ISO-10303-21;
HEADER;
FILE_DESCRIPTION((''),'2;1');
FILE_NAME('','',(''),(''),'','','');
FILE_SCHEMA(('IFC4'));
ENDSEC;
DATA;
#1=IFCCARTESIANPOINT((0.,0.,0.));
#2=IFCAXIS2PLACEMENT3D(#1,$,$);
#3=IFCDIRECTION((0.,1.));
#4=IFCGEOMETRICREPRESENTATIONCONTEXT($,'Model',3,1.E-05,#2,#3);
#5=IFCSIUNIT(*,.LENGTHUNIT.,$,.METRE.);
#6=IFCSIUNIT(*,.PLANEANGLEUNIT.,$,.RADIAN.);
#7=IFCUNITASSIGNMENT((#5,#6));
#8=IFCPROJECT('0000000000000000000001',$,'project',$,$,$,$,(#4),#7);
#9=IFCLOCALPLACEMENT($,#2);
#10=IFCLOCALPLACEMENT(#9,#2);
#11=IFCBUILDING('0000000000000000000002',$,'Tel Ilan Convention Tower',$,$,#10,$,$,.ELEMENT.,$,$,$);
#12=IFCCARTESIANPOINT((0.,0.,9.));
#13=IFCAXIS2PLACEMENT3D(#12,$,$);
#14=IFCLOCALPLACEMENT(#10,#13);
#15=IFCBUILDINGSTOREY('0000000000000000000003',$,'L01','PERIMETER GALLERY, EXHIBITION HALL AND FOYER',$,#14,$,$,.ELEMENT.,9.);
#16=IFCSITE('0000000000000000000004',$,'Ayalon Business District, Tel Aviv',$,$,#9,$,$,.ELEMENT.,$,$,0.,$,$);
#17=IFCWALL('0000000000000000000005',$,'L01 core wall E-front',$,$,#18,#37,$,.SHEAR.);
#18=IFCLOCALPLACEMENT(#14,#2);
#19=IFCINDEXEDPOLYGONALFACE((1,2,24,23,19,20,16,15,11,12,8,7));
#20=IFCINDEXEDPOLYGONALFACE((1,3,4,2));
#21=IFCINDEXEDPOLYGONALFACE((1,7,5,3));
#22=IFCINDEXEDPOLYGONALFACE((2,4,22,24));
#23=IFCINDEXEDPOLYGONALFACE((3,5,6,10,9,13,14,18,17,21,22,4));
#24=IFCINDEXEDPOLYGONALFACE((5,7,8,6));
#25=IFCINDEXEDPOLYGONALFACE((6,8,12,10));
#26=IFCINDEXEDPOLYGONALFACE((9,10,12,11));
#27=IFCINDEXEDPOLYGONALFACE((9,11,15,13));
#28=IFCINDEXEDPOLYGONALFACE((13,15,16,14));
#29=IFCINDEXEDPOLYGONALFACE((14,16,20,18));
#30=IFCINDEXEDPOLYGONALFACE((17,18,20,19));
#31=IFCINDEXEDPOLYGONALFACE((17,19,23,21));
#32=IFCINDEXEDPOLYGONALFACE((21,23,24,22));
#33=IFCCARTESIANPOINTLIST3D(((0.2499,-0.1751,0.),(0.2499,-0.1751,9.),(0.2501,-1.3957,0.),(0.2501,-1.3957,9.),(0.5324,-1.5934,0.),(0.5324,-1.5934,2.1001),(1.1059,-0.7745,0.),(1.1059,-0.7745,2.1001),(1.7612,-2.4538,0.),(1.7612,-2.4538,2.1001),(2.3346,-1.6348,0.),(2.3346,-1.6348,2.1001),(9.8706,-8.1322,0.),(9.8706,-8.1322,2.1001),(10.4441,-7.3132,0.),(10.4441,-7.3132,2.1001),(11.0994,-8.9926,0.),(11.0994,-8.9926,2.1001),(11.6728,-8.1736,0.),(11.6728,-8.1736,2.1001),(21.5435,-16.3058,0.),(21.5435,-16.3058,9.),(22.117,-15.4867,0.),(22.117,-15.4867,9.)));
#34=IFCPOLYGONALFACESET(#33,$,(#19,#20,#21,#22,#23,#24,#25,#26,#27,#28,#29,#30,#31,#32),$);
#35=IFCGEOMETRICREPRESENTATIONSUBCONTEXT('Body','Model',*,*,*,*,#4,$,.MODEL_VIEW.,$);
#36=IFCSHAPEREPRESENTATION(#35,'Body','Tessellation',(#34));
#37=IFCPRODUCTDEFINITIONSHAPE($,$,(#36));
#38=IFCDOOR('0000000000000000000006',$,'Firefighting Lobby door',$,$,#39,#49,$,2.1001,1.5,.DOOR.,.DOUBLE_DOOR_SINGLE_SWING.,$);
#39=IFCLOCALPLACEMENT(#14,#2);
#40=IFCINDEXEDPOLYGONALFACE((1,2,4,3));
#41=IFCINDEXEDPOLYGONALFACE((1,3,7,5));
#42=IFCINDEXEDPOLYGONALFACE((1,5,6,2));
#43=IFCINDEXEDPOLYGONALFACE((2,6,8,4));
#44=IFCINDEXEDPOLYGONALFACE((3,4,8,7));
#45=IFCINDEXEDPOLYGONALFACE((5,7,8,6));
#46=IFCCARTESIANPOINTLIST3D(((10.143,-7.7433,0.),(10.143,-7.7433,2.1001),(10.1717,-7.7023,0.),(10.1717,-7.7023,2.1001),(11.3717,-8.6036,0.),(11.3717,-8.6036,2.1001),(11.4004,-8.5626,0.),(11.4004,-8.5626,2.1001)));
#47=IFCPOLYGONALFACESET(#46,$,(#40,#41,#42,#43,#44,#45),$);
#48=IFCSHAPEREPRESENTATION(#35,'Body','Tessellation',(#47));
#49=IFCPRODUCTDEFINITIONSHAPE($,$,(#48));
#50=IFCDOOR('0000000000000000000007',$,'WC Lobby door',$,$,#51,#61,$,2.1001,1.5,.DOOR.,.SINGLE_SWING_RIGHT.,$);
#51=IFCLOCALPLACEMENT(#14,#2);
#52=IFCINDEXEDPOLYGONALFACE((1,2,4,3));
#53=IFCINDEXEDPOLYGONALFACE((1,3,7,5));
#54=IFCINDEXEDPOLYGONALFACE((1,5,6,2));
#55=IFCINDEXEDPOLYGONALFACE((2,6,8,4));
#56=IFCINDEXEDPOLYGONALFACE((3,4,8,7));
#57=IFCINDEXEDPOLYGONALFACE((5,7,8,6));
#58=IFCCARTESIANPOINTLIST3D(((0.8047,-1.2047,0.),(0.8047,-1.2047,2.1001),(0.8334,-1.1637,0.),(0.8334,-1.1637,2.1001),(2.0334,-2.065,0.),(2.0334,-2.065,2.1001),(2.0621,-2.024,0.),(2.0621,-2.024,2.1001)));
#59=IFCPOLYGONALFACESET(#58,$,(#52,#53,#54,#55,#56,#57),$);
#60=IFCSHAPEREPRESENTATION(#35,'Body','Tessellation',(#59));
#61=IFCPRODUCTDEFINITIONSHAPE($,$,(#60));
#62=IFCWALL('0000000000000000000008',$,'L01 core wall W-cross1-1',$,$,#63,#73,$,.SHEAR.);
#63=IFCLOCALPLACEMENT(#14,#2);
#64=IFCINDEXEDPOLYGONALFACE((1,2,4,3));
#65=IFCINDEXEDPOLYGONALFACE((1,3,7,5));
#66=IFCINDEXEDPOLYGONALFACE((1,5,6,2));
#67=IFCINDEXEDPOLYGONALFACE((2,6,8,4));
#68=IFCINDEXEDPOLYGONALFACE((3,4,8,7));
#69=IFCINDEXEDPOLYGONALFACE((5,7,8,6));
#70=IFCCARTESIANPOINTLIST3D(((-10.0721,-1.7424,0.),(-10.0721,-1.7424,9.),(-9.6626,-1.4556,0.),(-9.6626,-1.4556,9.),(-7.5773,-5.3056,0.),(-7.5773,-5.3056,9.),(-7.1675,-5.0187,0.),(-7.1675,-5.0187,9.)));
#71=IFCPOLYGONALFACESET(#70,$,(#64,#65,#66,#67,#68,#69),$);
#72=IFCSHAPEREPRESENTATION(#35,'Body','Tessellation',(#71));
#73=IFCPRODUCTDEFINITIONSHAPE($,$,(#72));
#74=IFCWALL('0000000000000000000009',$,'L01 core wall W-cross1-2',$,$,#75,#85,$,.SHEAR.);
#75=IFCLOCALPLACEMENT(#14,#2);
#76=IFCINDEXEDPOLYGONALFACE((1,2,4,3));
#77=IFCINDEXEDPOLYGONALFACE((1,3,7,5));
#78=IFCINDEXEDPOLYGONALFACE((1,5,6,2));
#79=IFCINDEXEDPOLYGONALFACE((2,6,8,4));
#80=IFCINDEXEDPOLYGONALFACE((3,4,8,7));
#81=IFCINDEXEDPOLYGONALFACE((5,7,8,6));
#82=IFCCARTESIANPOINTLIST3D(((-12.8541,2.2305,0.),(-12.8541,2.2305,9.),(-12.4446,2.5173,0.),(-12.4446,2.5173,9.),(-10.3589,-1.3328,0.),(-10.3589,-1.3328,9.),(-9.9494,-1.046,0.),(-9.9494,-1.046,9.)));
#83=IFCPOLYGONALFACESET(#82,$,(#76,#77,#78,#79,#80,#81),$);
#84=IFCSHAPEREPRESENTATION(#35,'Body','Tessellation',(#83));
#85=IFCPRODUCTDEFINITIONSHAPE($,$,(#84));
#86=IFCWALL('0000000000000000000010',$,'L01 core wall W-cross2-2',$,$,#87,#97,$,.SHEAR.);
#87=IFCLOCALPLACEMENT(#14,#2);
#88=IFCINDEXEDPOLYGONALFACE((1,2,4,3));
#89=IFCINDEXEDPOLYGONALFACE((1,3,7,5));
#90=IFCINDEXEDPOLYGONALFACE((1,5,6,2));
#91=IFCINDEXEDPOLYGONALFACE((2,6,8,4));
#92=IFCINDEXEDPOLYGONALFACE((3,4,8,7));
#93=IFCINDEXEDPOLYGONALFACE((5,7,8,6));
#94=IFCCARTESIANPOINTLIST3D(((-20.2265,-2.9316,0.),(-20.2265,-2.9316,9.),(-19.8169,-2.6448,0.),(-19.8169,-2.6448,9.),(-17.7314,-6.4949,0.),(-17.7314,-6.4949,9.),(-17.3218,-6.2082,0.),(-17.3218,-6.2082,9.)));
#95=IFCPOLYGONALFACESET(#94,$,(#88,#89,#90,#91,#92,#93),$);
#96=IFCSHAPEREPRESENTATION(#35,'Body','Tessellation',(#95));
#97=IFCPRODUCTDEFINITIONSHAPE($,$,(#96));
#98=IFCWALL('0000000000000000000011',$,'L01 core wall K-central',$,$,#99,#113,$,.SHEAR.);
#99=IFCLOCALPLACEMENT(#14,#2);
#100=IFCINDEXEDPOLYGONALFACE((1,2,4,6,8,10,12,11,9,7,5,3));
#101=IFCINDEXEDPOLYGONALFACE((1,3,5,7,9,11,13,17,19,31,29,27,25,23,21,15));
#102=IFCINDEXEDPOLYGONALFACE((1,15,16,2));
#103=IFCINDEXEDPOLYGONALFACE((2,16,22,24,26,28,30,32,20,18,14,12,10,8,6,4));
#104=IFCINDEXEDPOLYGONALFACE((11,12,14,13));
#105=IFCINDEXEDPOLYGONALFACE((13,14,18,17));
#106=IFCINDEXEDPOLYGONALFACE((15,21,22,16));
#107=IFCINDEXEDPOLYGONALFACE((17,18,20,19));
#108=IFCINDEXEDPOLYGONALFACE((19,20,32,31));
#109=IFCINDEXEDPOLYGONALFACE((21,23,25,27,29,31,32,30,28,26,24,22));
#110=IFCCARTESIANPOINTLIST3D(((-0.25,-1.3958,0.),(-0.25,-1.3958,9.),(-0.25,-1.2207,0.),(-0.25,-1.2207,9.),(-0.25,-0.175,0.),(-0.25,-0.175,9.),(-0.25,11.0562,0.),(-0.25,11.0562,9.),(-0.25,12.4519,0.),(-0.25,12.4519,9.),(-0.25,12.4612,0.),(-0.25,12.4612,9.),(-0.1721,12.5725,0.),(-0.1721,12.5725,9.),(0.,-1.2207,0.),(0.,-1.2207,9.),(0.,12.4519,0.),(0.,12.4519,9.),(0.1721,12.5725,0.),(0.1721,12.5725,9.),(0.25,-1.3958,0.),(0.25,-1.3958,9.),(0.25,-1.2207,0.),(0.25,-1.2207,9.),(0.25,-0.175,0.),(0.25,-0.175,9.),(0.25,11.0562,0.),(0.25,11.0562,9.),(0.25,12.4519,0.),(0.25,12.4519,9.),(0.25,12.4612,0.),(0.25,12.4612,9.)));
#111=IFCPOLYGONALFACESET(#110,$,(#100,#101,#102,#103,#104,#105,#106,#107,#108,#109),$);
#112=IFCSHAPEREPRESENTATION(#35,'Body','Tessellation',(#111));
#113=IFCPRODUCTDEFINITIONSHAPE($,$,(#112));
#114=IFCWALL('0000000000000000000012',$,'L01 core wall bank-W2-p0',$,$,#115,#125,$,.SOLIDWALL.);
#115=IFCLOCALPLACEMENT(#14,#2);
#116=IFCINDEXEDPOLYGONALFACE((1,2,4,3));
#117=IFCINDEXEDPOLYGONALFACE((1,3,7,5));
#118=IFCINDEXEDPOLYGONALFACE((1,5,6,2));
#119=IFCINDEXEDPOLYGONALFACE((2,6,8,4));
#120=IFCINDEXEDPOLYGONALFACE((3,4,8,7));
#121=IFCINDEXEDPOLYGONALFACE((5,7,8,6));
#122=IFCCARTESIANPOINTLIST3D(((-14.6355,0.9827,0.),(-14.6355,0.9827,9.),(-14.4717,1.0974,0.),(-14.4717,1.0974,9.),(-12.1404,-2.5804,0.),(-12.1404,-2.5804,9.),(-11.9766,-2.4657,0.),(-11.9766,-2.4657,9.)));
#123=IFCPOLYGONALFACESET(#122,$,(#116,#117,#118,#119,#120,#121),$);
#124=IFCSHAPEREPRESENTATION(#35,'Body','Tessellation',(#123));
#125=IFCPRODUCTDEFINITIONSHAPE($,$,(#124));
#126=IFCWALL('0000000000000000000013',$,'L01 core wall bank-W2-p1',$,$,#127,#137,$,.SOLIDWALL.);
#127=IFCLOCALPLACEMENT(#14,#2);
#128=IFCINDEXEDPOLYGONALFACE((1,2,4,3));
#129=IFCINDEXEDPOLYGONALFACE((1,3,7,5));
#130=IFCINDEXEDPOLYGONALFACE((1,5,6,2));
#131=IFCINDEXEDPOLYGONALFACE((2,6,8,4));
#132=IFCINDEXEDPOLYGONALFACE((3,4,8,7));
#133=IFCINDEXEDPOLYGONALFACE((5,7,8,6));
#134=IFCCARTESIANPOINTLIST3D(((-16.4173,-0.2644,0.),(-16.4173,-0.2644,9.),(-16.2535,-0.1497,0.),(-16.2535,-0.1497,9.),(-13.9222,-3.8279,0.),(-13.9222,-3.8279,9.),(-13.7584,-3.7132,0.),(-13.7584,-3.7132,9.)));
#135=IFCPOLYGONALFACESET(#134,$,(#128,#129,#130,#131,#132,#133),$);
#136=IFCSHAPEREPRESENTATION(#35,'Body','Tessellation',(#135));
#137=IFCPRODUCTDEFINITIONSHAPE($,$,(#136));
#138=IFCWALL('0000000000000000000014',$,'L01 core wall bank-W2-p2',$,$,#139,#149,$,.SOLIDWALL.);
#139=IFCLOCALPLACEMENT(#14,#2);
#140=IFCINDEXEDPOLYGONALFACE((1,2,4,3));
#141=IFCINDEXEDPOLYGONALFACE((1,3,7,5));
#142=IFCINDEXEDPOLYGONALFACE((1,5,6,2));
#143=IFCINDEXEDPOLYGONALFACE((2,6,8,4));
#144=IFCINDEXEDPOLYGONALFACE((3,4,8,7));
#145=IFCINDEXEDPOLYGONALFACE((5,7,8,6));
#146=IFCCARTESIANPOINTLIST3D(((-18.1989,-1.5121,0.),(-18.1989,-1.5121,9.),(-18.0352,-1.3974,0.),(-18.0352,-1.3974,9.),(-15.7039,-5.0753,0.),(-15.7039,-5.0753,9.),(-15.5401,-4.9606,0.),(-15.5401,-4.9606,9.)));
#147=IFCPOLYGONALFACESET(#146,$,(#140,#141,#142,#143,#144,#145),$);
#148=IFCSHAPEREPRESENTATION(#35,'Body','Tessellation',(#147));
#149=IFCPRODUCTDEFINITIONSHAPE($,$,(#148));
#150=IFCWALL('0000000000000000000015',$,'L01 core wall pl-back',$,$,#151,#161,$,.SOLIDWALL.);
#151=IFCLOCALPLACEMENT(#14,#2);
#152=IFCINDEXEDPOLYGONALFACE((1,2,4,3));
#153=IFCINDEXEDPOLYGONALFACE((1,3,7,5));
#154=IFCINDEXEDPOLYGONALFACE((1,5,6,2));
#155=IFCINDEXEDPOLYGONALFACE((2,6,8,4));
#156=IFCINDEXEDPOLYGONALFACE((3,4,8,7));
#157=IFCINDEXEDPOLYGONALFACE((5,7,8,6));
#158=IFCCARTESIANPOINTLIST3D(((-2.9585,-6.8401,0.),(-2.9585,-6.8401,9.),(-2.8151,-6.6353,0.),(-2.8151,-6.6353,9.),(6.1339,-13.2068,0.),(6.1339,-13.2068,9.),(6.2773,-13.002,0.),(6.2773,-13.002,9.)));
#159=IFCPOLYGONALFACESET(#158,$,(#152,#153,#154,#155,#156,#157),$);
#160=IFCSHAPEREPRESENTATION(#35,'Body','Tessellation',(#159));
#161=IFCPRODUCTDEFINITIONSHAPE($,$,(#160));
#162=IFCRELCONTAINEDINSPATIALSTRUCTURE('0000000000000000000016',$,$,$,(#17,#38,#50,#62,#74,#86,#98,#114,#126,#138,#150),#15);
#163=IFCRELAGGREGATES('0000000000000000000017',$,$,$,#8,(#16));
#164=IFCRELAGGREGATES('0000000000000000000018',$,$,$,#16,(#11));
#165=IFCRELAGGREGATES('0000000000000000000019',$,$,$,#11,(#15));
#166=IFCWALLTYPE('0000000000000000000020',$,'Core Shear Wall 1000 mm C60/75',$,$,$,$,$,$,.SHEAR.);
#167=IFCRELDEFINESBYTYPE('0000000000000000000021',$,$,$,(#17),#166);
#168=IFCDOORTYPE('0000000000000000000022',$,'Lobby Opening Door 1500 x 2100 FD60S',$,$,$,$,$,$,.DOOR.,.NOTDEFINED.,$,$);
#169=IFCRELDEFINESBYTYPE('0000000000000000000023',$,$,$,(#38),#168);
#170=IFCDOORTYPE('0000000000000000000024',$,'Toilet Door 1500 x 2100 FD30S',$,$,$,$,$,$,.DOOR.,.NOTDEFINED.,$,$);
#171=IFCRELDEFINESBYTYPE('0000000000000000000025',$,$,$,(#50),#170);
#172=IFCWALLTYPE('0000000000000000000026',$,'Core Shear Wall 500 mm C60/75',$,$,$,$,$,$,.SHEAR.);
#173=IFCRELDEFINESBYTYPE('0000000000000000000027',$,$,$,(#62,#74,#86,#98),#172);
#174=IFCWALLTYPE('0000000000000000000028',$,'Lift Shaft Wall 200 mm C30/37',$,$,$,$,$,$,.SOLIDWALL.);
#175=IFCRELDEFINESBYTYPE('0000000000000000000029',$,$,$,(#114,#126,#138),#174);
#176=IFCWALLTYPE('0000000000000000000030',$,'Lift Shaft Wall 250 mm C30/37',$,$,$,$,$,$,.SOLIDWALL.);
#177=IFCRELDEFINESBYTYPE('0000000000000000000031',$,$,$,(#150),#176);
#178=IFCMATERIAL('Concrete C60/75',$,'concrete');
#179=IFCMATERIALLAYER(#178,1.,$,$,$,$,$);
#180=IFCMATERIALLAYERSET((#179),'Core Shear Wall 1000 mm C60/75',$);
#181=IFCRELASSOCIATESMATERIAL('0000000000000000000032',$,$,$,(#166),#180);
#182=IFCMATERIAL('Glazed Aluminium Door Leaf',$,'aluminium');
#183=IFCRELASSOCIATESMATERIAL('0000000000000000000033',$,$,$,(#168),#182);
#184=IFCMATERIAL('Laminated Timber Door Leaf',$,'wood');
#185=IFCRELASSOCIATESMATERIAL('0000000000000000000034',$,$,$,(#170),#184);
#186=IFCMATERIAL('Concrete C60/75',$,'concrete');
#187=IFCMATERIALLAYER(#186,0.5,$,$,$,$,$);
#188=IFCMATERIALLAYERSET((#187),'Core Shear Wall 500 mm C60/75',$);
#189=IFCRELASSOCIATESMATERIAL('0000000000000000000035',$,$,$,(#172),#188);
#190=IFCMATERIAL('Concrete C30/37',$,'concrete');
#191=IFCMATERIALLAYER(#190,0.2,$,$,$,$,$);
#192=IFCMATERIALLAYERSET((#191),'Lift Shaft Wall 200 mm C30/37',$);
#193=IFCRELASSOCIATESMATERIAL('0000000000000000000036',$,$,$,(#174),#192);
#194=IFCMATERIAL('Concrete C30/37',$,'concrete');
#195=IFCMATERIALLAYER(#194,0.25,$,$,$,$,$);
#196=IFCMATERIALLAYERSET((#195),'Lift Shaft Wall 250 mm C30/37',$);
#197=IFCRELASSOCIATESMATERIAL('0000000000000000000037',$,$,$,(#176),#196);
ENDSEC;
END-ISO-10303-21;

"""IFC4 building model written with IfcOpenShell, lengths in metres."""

from ifc_helpers import new_model, si_unit, direction, frame, frame_2d, origin, place, context, subcontext, project, spatial, polyline, rectangle, outline, extrude, material, layer, layer_set, type_object, element, fill, save


model = new_model("IFC4")

# Units and contexts
model_context = context("Model", 3, precision=1e-05, world=origin(), true_north=direction((0.0, 1.0)))
body_context = subcontext(model_context, "Body", "Model", "MODEL_VIEW")
ifc_project = project(units=[si_unit("LENGTHUNIT", "METRE"), si_unit("PLANEANGLEUNIT", "RADIAN")], contexts=[model_context])

# Site, building, storey
site_placement = place(None, origin())
site = spatial("IfcSite", under=ifc_project, at=site_placement, Name="Ayalon Business District, Tel Aviv", CompositionType="ELEMENT", RefElevation=0.0)
building_placement = place(site_placement, origin())
building = spatial("IfcBuilding", under=site, at=building_placement, Name="Tel Ilan Convention Tower", CompositionType="ELEMENT")
storey_placement = place(building_placement, frame((0.0, 0.0, 9.0)))
storey = spatial("IfcBuildingStorey", under=building, at=storey_placement, Name="L01", Description="PERIMETER GALLERY, EXHIBITION HALL AND FOYER", CompositionType="ELEMENT", Elevation=9.0)

# Wall, openings, doors
ifc_material_1 = material(Name="Concrete C60/75", Category="concrete")
ifc_layer_1 = layer(ifc_material_1, 1.0)
ifc_layer_set_1 = layer_set([ifc_layer_1], Name="Core Shear Wall 1000 mm C60/75")
wall_type_1 = type_object("IfcWallType", Name="Core Shear Wall 1000 mm C60/75", PredefinedType="SHEAR", material=ifc_layer_set_1)
wall_1_placement = place(storey_placement, frame((-0.0369, -0.5847, 0.0), z_axis=(0.0, 0.0, 1.0), x_axis=(0.819157, -0.573569, 0.0)))
wall_1 = element("IfcWall", 1, at=wall_1_placement, inside=storey, type_object=wall_type_1, Name="L01 core wall E-front", PredefinedType="SHEAR", context=body_context, shape_type="SweptSolid", body=[
    extrude(outline(polyline([(26.6948, 0.4998), (0.0, 0.5), (0.7002, -0.4998), (26.6948, -0.5002), (26.6948, 0.4998)])), origin(), (0.0, 0.0, 1.0), 9.0),
])
opening_1_placement = place(wall_1_placement, frame((1.0449, 0.0, 0.0)))
opening_1 = element("IfcOpeningElement", 2, at=opening_1_placement, cuts=wall_1, PredefinedType="OPENING", context=body_context, shape_type="SweptSolid", body=[
    extrude(rectangle(XDim=1.5, YDim=2.1001, at=frame_2d((0.75, 1.05))), frame((0.0, 0.51, 0.0), z_axis=(0.0, -1.0, 0.0), x_axis=(1.0, 0.0, 0.0)), (0.0, 0.0, 1.0), 1.02),
])
opening_2_placement = place(wall_1_placement, frame((12.4448, 0.0, 0.0)))
opening_2 = element("IfcOpeningElement", 3, at=opening_2_placement, cuts=wall_1, PredefinedType="OPENING", context=body_context, shape_type="SweptSolid", body=[
    extrude(rectangle(XDim=1.5, YDim=2.1001, at=frame_2d((0.75, 1.05))), frame((0.0, 0.51, 0.0), z_axis=(0.0, -1.0, 0.0), x_axis=(1.0, 0.0, 0.0)), (0.0, 0.0, 1.0), 1.02),
])
ifc_material_2 = material(Name="Glazed Aluminium Door Leaf", Category="aluminium")
door_type_1 = type_object("IfcDoorType", Name="Lobby Opening Door 1500 x 2100 FD60S", OperationType="NOTDEFINED", PredefinedType="DOOR", material=ifc_material_2)
door_1_placement = place(opening_2_placement, origin())
door_1 = element("IfcDoor", 4, at=door_1_placement, inside=storey, type_object=door_type_1, Name="Firefighting Lobby door", OperationType="DOUBLE_DOOR_SINGLE_SWING", OverallHeight=2.1001, OverallWidth=1.5, PredefinedType="DOOR", context=body_context, shape_type="SweptSolid", body=[
    extrude(rectangle(XDim=1.5, YDim=2.1001, at=frame_2d((0.75, 1.05))), frame((0.0, 0.0249, 0.0), z_axis=(0.0, -1.0, 0.0), x_axis=(1.0, 0.0, 0.0)), (0.0, 0.0, 1.0), 0.05),
])
fill(opening_2, door_1)
ifc_material_3 = material(Name="Laminated Timber Door Leaf", Category="wood")
door_type_2 = type_object("IfcDoorType", Name="Toilet Door 1500 x 2100 FD30S", OperationType="NOTDEFINED", PredefinedType="DOOR", material=ifc_material_3)
door_2_placement = place(opening_1_placement, origin())
door_2 = element("IfcDoor", 5, at=door_2_placement, inside=storey, type_object=door_type_2, Name="WC Lobby door", OperationType="SINGLE_SWING_RIGHT", OverallHeight=2.1001, OverallWidth=1.5, PredefinedType="DOOR", context=body_context, shape_type="SweptSolid", body=[
    extrude(rectangle(XDim=1.5, YDim=2.1001, at=frame_2d((0.75, 1.05))), frame((0.0, 0.0249, 0.0), z_axis=(0.0, -1.0, 0.0), x_axis=(1.0, 0.0, 0.0)), (0.0, 0.0, 1.0), 0.05),
])
fill(opening_1, door_2)

# Walls
ifc_material_4 = material(Name="Concrete C60/75", Category="concrete")
ifc_layer_2 = layer(ifc_material_4, 0.5)
ifc_layer_set_2 = layer_set([ifc_layer_2], Name="Core Shear Wall 500 mm C60/75")
wall_type_2 = type_object("IfcWallType", Name="Core Shear Wall 500 mm C60/75", PredefinedType="SHEAR", material=ifc_layer_set_2)
wall_2_placement = place(storey_placement, frame((-7.3723, -5.1621, 0.0), z_axis=(0.0, 0.0, 1.0), x_axis=(-0.573594, 0.81914, 0.0)))
element("IfcWall", 6, at=wall_2_placement, inside=storey, type_object=wall_type_2, Name="L01 core wall W-cross1-1", PredefinedType="SHEAR", context=body_context, shape_type="SweptSolid", body=[
    extrude(outline(polyline([(4.3499, 0.25), (0.0, 0.2502), (0.0, -0.25), (4.3499, -0.25), (4.3499, 0.25)])), origin(), (0.0, 0.0, 1.0), 9.0),
])
wall_3_placement = place(storey_placement, frame((-10.1543, -1.1892, 0.0), z_axis=(0.0, 0.0, 1.0), x_axis=(-0.573594, 0.81914, 0.0)))
element("IfcWall", 7, at=wall_3_placement, inside=storey, type_object=wall_type_2, Name="L01 core wall W-cross1-2", PredefinedType="SHEAR", context=body_context, shape_type="SweptSolid", body=[
    extrude(outline(polyline([(4.3499, -0.25), (4.3499, 0.25), (-0.0002, 0.25), (-0.0002, -0.25), (4.3499, -0.25)])), origin(), (0.0, 0.0, 1.0), 9.0),
])
wall_4_placement = place(storey_placement, frame((-17.5266, -6.3516, 0.0), z_axis=(0.0, 0.0, 1.0), x_axis=(-0.57353, 0.819184, 0.0)))
element("IfcWall", 8, at=wall_4_placement, inside=storey, type_object=wall_type_2, Name="L01 core wall W-cross2-2", PredefinedType="SHEAR", context=body_context, shape_type="SweptSolid", body=[
    extrude(outline(polyline([(4.3501, -0.2498), (4.3501, 0.2502), (0.0, 0.25), (0.0, -0.25), (4.3501, -0.2498)])), origin(), (0.0, 0.0, 1.0), 9.0),
])
wall_5_placement = place(storey_placement, frame((0.0, -1.3958, 0.0), z_axis=(0.0, 0.0, 1.0), x_axis=(0.0, 1.0, 0.0)))
element("IfcWall", 9, at=wall_5_placement, inside=storey, type_object=wall_type_2, Name="L01 core wall K-central", PredefinedType="SHEAR", context=body_context, shape_type="SweptSolid", body=[
    extrude(outline(polyline([(0.0, -0.25), (0.175, -0.25), (1.2207, -0.25), (12.4519, -0.25), (13.8477, -0.25), (13.8569, -0.25), (13.9683, -0.1721), (13.8477, 0.0), (13.9683, 0.1721), (13.8569, 0.25), (13.8477, 0.25), (12.4519, 0.25), (1.2207, 0.25), (0.175, 0.25), (0.0, 0.25), (0.175, 0.0), (0.0, -0.25)])), origin(), (0.0, 0.0, 1.0), 9.0),
])
ifc_material_5 = material(Name="Concrete C30/37", Category="concrete")
ifc_layer_3 = layer(ifc_material_5, 0.2)
ifc_layer_set_3 = layer_set([ifc_layer_3], Name="Lift Shaft Wall 200 mm C30/37")
wall_type_3 = type_object("IfcWallType", Name="Lift Shaft Wall 200 mm C30/37", PredefinedType="SOLIDWALL", material=ifc_layer_set_3)
wall_6_placement = place(storey_placement, frame((-12.0586, -2.5229, 0.0), z_axis=(0.0, 0.0, 1.0), x_axis=(-0.573594, 0.81914, 0.0)))
element("IfcWall", 10, at=wall_6_placement, inside=storey, type_object=wall_type_3, Name="L01 core wall bank-W2-p0", PredefinedType="SOLIDWALL", context=body_context, shape_type="SweptSolid", body=[
    extrude(rectangle(XDim=4.3499, YDim=0.2, at=frame_2d((2.1748, 0.0))), origin(), (0.0, 0.0, 1.0), 9.0),
])
wall_7_placement = place(storey_placement, frame((-13.8403, -3.7705, 0.0), z_axis=(0.0, 0.0, 1.0), x_axis=(-0.573568, 0.819158, 0.0)))
element("IfcWall", 11, at=wall_7_placement, inside=storey, type_object=wall_type_3, Name="L01 core wall bank-W2-p1", PredefinedType="SOLIDWALL", context=body_context, shape_type="SweptSolid", body=[
    extrude(rectangle(XDim=4.3501, YDim=0.2, at=frame_2d((2.175, 0.0))), origin(), (0.0, 0.0, 1.0), 9.0),
])
wall_8_placement = place(storey_placement, frame((-15.6221, -5.0178, 0.0), z_axis=(0.0, 0.0, 1.0), x_axis=(-0.573594, 0.81914, 0.0)))
element("IfcWall", 12, at=wall_8_placement, inside=storey, type_object=wall_type_3, Name="L01 core wall bank-W2-p2", PredefinedType="SOLIDWALL", context=body_context, shape_type="SweptSolid", body=[
    extrude(rectangle(XDim=4.3499, YDim=0.2, at=frame_2d((2.1748, 0.0))), origin(), (0.0, 0.0, 1.0), 9.0),
])
ifc_material_6 = material(Name="Concrete C30/37", Category="concrete")
ifc_layer_4 = layer(ifc_material_6, 0.25)
ifc_layer_set_4 = layer_set([ifc_layer_4], Name="Lift Shaft Wall 250 mm C30/37")
wall_type_4 = type_object("IfcWallType", Name="Lift Shaft Wall 250 mm C30/37", PredefinedType="SOLIDWALL", material=ifc_layer_set_4)
wall_9_placement = place(storey_placement, frame((-2.8867, -6.7378, 0.0), z_axis=(0.0, 0.0, 1.0), x_axis=(0.81915, -0.573579, 0.0)))
element("IfcWall", 13, at=wall_9_placement, inside=storey, type_object=wall_type_4, Name="L01 core wall pl-back", PredefinedType="SOLIDWALL", context=body_context, shape_type="SweptSolid", body=[
    extrude(rectangle(XDim=11.0999, YDim=0.25, at=frame_2d((5.5498, 0.0))), origin(), (0.0, 0.0, 1.0), 9.0),
])

save(model, "model.ifc")
